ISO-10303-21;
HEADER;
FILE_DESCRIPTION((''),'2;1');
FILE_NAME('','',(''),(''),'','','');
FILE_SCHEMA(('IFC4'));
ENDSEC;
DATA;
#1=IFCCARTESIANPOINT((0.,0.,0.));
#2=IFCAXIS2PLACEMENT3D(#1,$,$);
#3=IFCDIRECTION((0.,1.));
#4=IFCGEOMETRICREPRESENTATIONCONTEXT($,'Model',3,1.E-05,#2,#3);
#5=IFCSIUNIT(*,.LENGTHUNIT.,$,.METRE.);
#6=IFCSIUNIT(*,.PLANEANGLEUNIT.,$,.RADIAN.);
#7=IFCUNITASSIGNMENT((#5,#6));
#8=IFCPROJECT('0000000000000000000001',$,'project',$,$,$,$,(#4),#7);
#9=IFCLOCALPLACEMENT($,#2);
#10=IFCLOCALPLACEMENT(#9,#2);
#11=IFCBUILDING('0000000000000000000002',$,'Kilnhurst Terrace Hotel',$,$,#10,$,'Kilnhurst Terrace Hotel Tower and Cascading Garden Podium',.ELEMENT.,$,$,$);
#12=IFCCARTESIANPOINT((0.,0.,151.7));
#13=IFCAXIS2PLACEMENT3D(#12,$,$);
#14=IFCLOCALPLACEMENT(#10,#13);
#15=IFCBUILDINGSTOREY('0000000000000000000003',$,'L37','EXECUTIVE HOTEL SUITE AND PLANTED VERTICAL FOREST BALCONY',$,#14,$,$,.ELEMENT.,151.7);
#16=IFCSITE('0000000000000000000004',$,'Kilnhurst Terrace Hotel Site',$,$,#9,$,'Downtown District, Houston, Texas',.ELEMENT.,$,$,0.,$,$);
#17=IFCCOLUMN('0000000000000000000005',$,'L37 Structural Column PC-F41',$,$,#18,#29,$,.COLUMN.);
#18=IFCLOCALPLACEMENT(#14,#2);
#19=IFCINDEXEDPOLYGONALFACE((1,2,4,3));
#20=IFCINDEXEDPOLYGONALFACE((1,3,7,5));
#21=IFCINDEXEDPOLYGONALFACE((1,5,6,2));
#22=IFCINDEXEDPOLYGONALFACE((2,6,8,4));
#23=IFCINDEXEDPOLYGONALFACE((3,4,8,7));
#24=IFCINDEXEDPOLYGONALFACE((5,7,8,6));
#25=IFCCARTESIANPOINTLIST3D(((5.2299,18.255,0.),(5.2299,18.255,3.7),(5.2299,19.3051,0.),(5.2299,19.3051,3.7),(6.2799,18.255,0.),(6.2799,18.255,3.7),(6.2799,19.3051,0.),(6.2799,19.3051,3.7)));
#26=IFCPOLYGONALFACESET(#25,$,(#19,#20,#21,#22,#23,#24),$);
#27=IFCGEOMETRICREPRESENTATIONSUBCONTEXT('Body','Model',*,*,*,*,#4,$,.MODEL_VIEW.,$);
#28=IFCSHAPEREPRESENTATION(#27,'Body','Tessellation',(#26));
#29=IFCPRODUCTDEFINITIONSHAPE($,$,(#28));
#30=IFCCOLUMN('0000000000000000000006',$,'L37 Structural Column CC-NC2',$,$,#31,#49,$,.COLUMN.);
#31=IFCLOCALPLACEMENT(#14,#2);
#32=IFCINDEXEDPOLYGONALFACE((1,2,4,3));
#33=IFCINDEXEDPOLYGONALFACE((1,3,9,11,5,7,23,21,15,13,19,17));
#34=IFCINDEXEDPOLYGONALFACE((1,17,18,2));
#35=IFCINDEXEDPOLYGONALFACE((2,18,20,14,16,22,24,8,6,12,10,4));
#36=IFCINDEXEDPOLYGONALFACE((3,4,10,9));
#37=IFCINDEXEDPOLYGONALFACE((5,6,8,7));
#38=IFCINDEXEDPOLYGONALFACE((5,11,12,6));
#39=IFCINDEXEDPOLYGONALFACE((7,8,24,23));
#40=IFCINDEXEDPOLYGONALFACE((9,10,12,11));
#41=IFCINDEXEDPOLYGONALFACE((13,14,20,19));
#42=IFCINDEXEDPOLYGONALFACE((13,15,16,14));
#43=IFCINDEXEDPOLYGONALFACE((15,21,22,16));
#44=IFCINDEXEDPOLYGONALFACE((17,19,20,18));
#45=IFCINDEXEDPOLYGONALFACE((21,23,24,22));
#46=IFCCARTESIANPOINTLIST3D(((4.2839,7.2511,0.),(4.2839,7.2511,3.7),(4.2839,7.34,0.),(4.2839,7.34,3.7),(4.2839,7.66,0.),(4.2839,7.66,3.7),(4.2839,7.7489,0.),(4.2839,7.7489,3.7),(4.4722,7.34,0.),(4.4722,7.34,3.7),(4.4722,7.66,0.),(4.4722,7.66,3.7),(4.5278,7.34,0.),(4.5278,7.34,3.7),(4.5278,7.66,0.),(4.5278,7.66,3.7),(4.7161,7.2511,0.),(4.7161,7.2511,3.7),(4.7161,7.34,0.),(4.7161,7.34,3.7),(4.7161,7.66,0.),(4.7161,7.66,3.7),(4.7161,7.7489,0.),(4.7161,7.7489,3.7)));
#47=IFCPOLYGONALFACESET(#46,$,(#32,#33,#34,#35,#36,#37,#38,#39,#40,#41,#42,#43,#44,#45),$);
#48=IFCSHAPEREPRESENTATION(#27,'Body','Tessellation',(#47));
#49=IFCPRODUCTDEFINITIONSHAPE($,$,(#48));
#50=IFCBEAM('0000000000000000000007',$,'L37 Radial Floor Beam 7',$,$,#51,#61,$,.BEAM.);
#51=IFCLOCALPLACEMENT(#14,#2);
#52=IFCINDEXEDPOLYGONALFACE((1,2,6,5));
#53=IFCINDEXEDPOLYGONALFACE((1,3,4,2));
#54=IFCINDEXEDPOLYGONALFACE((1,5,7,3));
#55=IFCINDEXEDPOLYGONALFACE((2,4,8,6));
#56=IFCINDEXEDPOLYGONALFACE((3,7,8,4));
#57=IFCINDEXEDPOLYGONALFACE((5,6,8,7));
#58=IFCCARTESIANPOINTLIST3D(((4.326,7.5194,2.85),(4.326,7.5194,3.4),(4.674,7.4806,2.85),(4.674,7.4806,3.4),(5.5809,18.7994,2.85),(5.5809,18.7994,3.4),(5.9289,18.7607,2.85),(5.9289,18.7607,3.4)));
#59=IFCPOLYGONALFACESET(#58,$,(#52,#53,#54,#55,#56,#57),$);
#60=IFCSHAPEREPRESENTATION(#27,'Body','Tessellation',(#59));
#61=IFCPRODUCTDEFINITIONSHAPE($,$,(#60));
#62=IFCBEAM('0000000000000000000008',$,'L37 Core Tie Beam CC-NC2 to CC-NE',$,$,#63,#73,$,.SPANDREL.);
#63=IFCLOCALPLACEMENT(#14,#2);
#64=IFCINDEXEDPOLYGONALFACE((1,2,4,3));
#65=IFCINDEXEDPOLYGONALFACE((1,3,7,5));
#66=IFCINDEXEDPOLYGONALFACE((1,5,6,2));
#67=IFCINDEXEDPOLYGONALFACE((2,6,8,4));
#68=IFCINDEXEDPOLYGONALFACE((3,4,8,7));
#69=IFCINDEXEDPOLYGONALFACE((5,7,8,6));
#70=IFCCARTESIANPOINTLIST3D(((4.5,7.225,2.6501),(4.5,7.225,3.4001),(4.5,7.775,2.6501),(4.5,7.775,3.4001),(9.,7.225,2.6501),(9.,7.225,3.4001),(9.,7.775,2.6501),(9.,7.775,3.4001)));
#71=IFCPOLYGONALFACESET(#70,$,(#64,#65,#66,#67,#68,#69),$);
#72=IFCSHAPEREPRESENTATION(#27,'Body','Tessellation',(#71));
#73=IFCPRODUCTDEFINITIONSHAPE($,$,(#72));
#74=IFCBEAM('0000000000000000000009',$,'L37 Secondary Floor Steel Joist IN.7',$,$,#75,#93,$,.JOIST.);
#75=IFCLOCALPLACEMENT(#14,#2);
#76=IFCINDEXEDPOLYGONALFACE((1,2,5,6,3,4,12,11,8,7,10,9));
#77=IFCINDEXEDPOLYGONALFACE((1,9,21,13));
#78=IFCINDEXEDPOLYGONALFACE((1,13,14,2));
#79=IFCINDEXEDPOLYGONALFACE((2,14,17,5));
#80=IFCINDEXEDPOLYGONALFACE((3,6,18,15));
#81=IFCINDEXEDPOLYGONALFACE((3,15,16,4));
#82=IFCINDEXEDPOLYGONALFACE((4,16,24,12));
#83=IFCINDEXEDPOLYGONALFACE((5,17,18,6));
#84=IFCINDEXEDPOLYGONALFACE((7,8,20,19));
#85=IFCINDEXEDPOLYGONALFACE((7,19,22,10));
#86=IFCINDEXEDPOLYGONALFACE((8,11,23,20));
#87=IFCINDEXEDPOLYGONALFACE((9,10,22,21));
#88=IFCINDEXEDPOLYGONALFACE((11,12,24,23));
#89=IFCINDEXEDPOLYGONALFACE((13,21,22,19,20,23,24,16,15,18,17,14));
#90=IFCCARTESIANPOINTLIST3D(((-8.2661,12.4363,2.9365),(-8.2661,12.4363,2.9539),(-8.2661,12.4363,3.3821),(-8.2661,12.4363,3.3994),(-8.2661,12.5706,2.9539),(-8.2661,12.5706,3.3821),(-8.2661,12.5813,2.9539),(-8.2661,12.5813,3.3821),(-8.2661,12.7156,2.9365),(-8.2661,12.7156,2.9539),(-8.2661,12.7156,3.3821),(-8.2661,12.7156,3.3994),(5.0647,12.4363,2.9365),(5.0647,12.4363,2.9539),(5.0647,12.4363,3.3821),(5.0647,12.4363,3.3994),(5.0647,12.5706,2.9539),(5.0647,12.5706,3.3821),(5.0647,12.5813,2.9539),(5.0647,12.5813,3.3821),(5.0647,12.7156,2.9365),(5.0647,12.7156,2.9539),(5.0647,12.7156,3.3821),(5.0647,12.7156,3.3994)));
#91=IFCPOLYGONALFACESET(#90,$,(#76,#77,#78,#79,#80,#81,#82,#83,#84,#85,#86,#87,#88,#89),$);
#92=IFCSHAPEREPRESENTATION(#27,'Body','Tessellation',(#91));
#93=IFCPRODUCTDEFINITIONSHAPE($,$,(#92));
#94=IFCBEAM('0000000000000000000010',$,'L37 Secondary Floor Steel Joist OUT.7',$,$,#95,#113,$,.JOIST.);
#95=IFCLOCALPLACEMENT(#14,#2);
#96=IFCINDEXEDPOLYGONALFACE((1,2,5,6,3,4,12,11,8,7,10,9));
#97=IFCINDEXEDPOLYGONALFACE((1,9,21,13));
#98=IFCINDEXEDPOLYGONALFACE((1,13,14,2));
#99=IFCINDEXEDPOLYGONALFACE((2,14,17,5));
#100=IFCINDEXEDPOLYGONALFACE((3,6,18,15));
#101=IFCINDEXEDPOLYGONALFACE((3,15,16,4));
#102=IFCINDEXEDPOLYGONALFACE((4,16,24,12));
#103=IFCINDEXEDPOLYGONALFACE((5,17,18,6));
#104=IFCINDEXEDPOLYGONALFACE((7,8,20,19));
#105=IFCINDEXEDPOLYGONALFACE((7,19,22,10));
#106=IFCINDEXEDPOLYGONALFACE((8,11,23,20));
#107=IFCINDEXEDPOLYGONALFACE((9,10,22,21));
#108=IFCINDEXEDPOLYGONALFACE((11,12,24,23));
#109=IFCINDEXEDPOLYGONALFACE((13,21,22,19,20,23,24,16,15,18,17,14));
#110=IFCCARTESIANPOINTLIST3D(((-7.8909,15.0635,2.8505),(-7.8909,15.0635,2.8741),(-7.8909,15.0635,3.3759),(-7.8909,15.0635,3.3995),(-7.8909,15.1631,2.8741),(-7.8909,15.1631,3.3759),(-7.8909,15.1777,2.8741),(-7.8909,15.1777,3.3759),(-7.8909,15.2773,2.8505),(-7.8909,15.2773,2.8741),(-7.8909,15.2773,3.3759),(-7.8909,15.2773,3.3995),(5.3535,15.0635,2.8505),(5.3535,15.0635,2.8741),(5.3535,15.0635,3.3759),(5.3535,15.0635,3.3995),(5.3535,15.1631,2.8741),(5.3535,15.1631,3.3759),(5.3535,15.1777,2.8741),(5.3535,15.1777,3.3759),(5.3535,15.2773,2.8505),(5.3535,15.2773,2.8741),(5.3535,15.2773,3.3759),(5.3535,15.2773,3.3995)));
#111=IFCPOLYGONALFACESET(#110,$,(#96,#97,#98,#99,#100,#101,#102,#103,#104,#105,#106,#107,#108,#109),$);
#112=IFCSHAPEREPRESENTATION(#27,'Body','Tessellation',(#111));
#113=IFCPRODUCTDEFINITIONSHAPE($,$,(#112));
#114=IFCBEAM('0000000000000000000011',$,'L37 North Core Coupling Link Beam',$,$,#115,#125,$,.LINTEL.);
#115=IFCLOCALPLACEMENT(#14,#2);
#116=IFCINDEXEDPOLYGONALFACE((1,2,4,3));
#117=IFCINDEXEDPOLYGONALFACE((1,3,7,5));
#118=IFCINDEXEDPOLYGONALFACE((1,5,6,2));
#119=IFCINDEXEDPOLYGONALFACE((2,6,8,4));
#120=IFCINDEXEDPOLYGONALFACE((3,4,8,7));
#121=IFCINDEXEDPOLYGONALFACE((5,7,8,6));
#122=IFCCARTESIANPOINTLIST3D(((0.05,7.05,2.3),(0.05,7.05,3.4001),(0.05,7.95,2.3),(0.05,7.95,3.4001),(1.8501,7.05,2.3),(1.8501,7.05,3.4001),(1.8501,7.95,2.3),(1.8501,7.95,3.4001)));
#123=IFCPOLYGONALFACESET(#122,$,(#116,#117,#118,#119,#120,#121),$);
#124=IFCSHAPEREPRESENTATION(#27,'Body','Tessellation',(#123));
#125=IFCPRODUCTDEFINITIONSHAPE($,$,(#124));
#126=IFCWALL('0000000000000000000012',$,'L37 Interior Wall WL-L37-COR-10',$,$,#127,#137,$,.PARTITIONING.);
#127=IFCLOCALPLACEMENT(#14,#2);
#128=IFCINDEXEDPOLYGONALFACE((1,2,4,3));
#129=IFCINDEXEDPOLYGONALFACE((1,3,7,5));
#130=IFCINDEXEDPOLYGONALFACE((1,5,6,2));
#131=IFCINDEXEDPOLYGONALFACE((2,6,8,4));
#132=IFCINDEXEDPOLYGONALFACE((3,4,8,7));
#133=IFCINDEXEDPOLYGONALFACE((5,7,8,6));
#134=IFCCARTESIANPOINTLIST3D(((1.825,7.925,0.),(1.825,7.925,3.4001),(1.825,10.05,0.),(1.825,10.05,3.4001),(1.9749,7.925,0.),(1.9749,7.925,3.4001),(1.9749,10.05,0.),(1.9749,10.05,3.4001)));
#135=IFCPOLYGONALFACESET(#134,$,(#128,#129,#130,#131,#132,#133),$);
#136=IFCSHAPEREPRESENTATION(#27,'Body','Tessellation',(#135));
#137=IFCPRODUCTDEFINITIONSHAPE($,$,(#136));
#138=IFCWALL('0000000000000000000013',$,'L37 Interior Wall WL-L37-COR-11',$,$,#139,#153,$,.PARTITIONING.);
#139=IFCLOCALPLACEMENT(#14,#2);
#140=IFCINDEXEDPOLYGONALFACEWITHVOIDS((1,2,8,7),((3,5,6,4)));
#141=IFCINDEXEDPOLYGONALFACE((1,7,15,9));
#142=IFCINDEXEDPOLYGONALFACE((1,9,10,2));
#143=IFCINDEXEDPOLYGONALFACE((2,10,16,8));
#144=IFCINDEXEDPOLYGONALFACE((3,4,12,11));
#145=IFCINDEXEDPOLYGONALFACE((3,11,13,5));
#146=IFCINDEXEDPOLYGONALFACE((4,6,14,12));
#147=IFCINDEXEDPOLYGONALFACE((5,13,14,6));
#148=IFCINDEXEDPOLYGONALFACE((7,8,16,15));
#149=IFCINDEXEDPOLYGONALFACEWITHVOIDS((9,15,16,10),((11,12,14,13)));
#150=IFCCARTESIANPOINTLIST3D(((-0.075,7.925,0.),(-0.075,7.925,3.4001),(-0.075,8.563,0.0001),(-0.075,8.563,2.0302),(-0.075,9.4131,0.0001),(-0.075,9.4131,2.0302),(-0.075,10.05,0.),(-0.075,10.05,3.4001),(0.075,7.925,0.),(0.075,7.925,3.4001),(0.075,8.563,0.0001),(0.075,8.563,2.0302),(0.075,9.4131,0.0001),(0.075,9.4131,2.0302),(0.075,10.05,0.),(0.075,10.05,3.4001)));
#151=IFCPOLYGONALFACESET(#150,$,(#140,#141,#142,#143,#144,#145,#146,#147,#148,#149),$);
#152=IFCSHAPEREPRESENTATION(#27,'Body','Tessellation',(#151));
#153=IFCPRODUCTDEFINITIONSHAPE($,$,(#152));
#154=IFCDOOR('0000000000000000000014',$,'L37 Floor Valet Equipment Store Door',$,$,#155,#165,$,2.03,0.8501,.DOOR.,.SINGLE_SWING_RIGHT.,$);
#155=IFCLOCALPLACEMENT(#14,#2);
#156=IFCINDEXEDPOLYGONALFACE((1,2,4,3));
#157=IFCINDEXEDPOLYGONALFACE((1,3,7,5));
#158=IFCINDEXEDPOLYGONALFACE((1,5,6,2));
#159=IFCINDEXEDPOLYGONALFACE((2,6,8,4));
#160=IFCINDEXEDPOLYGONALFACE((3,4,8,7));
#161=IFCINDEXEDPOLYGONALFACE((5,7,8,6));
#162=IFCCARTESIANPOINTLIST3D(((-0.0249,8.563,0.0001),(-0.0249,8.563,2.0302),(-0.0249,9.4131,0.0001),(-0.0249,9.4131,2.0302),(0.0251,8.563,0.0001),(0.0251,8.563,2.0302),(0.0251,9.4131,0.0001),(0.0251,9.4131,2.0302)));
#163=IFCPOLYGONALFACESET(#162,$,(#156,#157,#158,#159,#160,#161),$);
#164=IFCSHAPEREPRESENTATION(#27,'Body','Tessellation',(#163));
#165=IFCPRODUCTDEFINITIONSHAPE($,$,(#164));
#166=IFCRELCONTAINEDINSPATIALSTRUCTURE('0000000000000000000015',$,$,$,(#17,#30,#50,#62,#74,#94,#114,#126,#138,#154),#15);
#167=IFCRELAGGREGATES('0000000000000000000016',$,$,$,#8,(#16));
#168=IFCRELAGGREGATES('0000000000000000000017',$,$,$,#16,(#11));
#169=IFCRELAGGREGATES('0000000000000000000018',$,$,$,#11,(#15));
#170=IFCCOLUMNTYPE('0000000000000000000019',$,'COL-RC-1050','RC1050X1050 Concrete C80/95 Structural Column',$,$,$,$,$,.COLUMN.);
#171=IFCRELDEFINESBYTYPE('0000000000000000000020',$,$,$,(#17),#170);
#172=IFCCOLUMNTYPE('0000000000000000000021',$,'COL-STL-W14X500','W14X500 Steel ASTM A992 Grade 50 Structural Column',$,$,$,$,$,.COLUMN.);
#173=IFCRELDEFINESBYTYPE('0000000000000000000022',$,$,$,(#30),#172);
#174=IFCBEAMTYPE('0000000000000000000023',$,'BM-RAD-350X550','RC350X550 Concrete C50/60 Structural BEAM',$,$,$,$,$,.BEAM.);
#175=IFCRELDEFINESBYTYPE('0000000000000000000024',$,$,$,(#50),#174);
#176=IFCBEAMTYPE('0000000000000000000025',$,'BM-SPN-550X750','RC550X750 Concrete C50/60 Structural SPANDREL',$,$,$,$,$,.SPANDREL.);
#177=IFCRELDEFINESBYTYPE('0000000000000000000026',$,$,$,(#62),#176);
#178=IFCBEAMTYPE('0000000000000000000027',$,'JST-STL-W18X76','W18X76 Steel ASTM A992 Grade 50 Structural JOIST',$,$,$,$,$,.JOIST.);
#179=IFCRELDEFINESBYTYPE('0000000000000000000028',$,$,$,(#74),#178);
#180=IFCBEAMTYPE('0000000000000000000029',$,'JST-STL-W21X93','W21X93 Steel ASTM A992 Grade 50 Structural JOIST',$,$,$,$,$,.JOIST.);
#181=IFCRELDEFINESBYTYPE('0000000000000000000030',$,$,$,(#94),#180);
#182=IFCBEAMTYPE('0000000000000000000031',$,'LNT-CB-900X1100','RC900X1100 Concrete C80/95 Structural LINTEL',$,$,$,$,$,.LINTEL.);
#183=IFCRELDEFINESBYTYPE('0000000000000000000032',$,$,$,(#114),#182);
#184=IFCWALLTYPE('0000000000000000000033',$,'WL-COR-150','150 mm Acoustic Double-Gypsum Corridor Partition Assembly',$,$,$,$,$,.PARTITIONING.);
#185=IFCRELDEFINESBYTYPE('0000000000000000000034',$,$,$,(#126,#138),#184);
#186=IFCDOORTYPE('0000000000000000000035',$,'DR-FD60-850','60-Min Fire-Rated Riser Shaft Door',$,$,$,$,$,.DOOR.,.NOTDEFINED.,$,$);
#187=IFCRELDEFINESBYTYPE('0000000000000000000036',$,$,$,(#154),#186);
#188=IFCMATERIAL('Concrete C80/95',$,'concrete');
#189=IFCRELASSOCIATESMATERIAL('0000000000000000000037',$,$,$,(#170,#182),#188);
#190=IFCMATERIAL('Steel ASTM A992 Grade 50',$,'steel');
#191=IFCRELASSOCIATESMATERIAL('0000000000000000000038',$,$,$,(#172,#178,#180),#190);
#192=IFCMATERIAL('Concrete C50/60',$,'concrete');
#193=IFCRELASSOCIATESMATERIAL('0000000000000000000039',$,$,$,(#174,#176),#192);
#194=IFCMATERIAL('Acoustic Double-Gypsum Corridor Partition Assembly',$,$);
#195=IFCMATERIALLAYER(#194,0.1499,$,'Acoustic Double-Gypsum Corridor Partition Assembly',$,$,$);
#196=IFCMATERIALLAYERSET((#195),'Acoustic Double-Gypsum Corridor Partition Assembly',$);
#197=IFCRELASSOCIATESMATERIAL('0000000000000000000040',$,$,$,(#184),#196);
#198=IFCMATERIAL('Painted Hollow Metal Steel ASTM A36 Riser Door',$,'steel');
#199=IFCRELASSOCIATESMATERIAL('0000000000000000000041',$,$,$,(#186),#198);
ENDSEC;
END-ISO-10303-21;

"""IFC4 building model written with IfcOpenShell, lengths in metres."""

from ifc_helpers import new_model, si_unit, direction, frame, frame_2d, origin, origin_2d, place, context, subcontext, project, spatial, rectangle, i_section, extrude, material, layer, layer_set, material_profile, profile_set, type_object, element, fill, save


model = new_model("IFC4")

# Units and contexts
model_context = context("Model", 3, precision=1e-05, world=origin(), true_north=direction((0.0, 1.0)))
body_context = subcontext(model_context, "Body", "Model", "MODEL_VIEW")
ifc_project = project(units=[si_unit("LENGTHUNIT", "METRE"), si_unit("PLANEANGLEUNIT", "RADIAN")], contexts=[model_context])

# Site, building, storey
site_placement = place(None, origin())
site = spatial("IfcSite", under=ifc_project, at=site_placement, Name="Kilnhurst Terrace Hotel Site", LongName="Downtown District, Houston, Texas", CompositionType="ELEMENT", RefElevation=0.0)
building_placement = place(site_placement, origin())
building = spatial("IfcBuilding", under=site, at=building_placement, Name="Kilnhurst Terrace Hotel", LongName="Kilnhurst Terrace Hotel Tower and Cascading Garden Podium", CompositionType="ELEMENT")
storey_placement = place(building_placement, frame((0.0, 0.0, 151.7)))
storey = spatial("IfcBuildingStorey", under=building, at=storey_placement, Name="L37", Description="EXECUTIVE HOTEL SUITE AND PLANTED VERTICAL FOREST BALCONY", CompositionType="ELEMENT", Elevation=151.7)

# Columns
ifc_material_1 = material(Name="Concrete C80/95", Category="concrete")
ifc_material_profile_1 = material_profile(ifc_material_1, rectangle(XDim=1.05, YDim=1.05, at=origin_2d()), Name="RC1050X1050")
ifc_profile_set_1 = profile_set([ifc_material_profile_1], Name="Concrete C80/95")
column_type_1 = type_object("IfcColumnType", Name="COL-RC-1050", Description="RC1050X1050 Concrete C80/95 Structural Column", PredefinedType="COLUMN", material=ifc_profile_set_1)
column_1_placement = place(storey_placement, frame((5.7549, 18.78, 0.0), z_axis=(0.0, 0.0, 1.0), x_axis=(1.0, 0.0, 0.0)))
element("IfcColumn", 1, at=column_1_placement, inside=storey, type_object=column_type_1, Name="L37 Structural Column PC-F41", PredefinedType="COLUMN", context=body_context, shape_type="SweptSolid", body=[
    extrude(rectangle(XDim=1.05, YDim=1.05, at=origin_2d()), origin(), (0.0, 0.0, 1.0), 3.7),
])
ifc_material_2 = material(Name="Steel ASTM A992 Grade 50", Category="steel")
ifc_material_profile_2 = material_profile(ifc_material_2, i_section(OverallWidth=0.4321, OverallDepth=0.4978, WebThickness=0.0557, FlangeThickness=0.0889, at=origin_2d()), Name="W14X500")
ifc_profile_set_2 = profile_set([ifc_material_profile_2], Name="Steel ASTM A992 Grade 50")
column_type_2 = type_object("IfcColumnType", Name="COL-STL-W14X500", Description="W14X500 Steel ASTM A992 Grade 50 Structural Column", PredefinedType="COLUMN", material=ifc_profile_set_2)
column_2_placement = place(storey_placement, frame((4.5, 7.5, 0.0), z_axis=(0.0, 0.0, 1.0), x_axis=(1.0, 0.0, 0.0)))
element("IfcColumn", 2, at=column_2_placement, inside=storey, type_object=column_type_2, Name="L37 Structural Column CC-NC2", PredefinedType="COLUMN", context=body_context, shape_type="SweptSolid", body=[
    extrude(i_section(OverallWidth=0.4321, OverallDepth=0.4978, WebThickness=0.0557, FlangeThickness=0.0889, at=origin_2d()), origin(), (0.0, 0.0, 1.0), 3.7),
])

# Beams
ifc_material_3 = material(Name="Concrete C50/60", Category="concrete")
ifc_material_profile_3 = material_profile(ifc_material_3, rectangle(XDim=0.3501, YDim=0.55, at=origin_2d()), Name="RC350X550")
ifc_profile_set_3 = profile_set([ifc_material_profile_3], Name="Concrete C50/60")
beam_type_1 = type_object("IfcBeamType", Name="BM-RAD-350X550", Description="RC350X550 Concrete C50/60 Structural BEAM", PredefinedType="BEAM", material=ifc_profile_set_3)
beam_1_placement = place(storey_placement, frame((4.5, 7.5, 3.125), z_axis=(0.110566, 0.993869, 0.0), x_axis=(-0.993869, 0.110566, 0.0)))
element("IfcBeam", 3, at=beam_1_placement, inside=storey, type_object=beam_type_1, Name="L37 Radial Floor Beam 7", PredefinedType="BEAM", context=body_context, shape_type="SweptSolid", body=[
    extrude(rectangle(XDim=0.3501, YDim=0.55, at=origin_2d()), origin(), (0.0, 0.0, 1.0), 11.3496),
])
ifc_material_profile_4 = material_profile(ifc_material_3, rectangle(XDim=0.55, YDim=0.75, at=origin_2d()), Name="RC550X750")
ifc_profile_set_4 = profile_set([ifc_material_profile_4], Name="Concrete C50/60")
beam_type_2 = type_object("IfcBeamType", Name="BM-SPN-550X750", Description="RC550X750 Concrete C50/60 Structural SPANDREL", PredefinedType="SPANDREL", material=ifc_profile_set_4)
beam_2_placement = place(storey_placement, frame((4.5, 7.5, 3.0251), z_axis=(1.0, 0.0, 0.0), x_axis=(0.0, 1.0, 0.0)))
element("IfcBeam", 4, at=beam_2_placement, inside=storey, type_object=beam_type_2, Name="L37 Core Tie Beam CC-NC2 to CC-NE", PredefinedType="SPANDREL", context=body_context, shape_type="SweptSolid", body=[
    extrude(rectangle(XDim=0.55, YDim=0.75, at=origin_2d()), origin(), (0.0, 0.0, 1.0), 4.5),
])
ifc_material_profile_5 = material_profile(ifc_material_2, i_section(OverallWidth=0.2793, OverallDepth=0.4629, WebThickness=0.0107, FlangeThickness=0.0173, at=origin_2d()), Name="W18X76")
ifc_profile_set_5 = profile_set([ifc_material_profile_5], Name="Steel ASTM A992 Grade 50")
beam_type_3 = type_object("IfcBeamType", Name="JST-STL-W18X76", Description="W18X76 Steel ASTM A992 Grade 50 Structural JOIST", PredefinedType="JOIST", material=ifc_profile_set_5)
beam_3_placement = place(storey_placement, frame((5.0647, 12.5759, 3.168), z_axis=(-1.0, 0.0, 0.0), x_axis=(0.0, -1.0, 0.0)))
element("IfcBeam", 5, at=beam_3_placement, inside=storey, type_object=beam_type_3, Name="L37 Secondary Floor Steel Joist IN.7", PredefinedType="JOIST", context=body_context, shape_type="SweptSolid", body=[
    extrude(i_section(OverallWidth=0.2793, OverallDepth=0.4629, WebThickness=0.0107, FlangeThickness=0.0173, at=origin_2d()), origin(), (0.0, 0.0, 1.0), 13.3308),
])
ifc_material_profile_6 = material_profile(ifc_material_2, i_section(OverallWidth=0.2139, OverallDepth=0.5491, WebThickness=0.0146, FlangeThickness=0.0237, at=origin_2d()), Name="W21X93")
ifc_profile_set_6 = profile_set([ifc_material_profile_6], Name="Steel ASTM A992 Grade 50")
beam_type_4 = type_object("IfcBeamType", Name="JST-STL-W21X93", Description="W21X93 Steel ASTM A992 Grade 50 Structural JOIST", PredefinedType="JOIST", material=ifc_profile_set_6)
beam_4_placement = place(storey_placement, frame((5.3535, 15.1704, 3.125), z_axis=(-1.0, 0.0, 0.0), x_axis=(0.0, -1.0, 0.0)))
element("IfcBeam", 6, at=beam_4_placement, inside=storey, type_object=beam_type_4, Name="L37 Secondary Floor Steel Joist OUT.7", PredefinedType="JOIST", context=body_context, shape_type="SweptSolid", body=[
    extrude(i_section(OverallWidth=0.2139, OverallDepth=0.5491, WebThickness=0.0146, FlangeThickness=0.0237, at=origin_2d()), origin(), (0.0, 0.0, 1.0), 13.2444),
])
ifc_material_profile_7 = material_profile(ifc_material_1, rectangle(XDim=0.8999, YDim=1.1001, at=origin_2d()), Name="RC900X1100")
ifc_profile_set_7 = profile_set([ifc_material_profile_7], Name="Concrete C80/95")
beam_type_5 = type_object("IfcBeamType", Name="LNT-CB-900X1100", Description="RC900X1100 Concrete C80/95 Structural LINTEL", PredefinedType="LINTEL", material=ifc_profile_set_7)
beam_5_placement = place(storey_placement, frame((0.05, 7.5, 2.8501), z_axis=(1.0, 0.0, 0.0), x_axis=(0.0, 1.0, 0.0)))
element("IfcBeam", 7, at=beam_5_placement, inside=storey, type_object=beam_type_5, Name="L37 North Core Coupling Link Beam", PredefinedType="LINTEL", context=body_context, shape_type="SweptSolid", body=[
    extrude(rectangle(XDim=0.8999, YDim=1.1001, at=origin_2d()), origin(), (0.0, 0.0, 1.0), 1.8),
])

# Wall
ifc_material_4 = material(Name="Acoustic Double-Gypsum Corridor Partition Assembly")
ifc_layer_1 = layer(ifc_material_4, 0.1499, Name="Acoustic Double-Gypsum Corridor Partition Assembly")
ifc_layer_set_1 = layer_set([ifc_layer_1], Name="Acoustic Double-Gypsum Corridor Partition Assembly")
wall_type_1 = type_object("IfcWallType", Name="WL-COR-150", Description="150 mm Acoustic Double-Gypsum Corridor Partition Assembly", PredefinedType="PARTITIONING", material=ifc_layer_set_1)
wall_1_placement = place(storey_placement, frame((1.8999, 10.05, 0.0), z_axis=(0.0, 0.0, 1.0), x_axis=(0.0, -1.0, 0.0)))
element("IfcWall", 8, at=wall_1_placement, inside=storey, type_object=wall_type_1, Name="L37 Interior Wall WL-L37-COR-10", PredefinedType="PARTITIONING", context=body_context, shape_type="SweptSolid", body=[
    extrude(rectangle(XDim=2.125, YDim=0.1499, at=frame_2d((1.0625, 0.0))), origin(), (0.0, 0.0, 1.0), 3.4001),
])

# Wall, opening, door
wall_2_placement = place(storey_placement, frame((0.0, 7.925, 0.0), z_axis=(0.0, 0.0, 1.0), x_axis=(0.0, 1.0, 0.0)))
wall_2 = element("IfcWall", 9, at=wall_2_placement, inside=storey, type_object=wall_type_1, Name="L37 Interior Wall WL-L37-COR-11", PredefinedType="PARTITIONING", context=body_context, shape_type="SweptSolid", body=[
    extrude(rectangle(XDim=2.125, YDim=0.1499, at=frame_2d((1.0625, 0.0))), origin(), (0.0, 0.0, 1.0), 3.4001),
])
opening_1_placement = place(wall_2_placement, frame((0.6379, 0.0, 0.0)))
opening_1 = element("IfcOpeningElement", 10, at=opening_1_placement, cuts=wall_2, PredefinedType="OPENING", context=body_context, shape_type="SweptSolid", body=[
    extrude(rectangle(XDim=0.8501, YDim=2.03, at=frame_2d((0.425, 1.0151))), frame((0.0, 0.085, 0.0), z_axis=(0.0, -1.0, 0.0), x_axis=(1.0, 0.0, 0.0)), (0.0, 0.0, 1.0), 0.1699),
])
ifc_material_5 = material(Name="Painted Hollow Metal Steel ASTM A36 Riser Door", Category="steel")
door_type_1 = type_object("IfcDoorType", Name="DR-FD60-850", Description="60-Min Fire-Rated Riser Shaft Door", OperationType="NOTDEFINED", PredefinedType="DOOR", material=ifc_material_5)
door_1_placement = place(opening_1_placement, origin())
door_1 = element("IfcDoor", 11, at=door_1_placement, inside=storey, type_object=door_type_1, Name="L37 Floor Valet Equipment Store Door", OperationType="SINGLE_SWING_RIGHT", OverallHeight=2.03, OverallWidth=0.8501, PredefinedType="DOOR", context=body_context, shape_type="SweptSolid", body=[
    extrude(rectangle(XDim=0.8501, YDim=2.03, at=frame_2d((0.425, 1.0151))), frame((0.0, 0.0249, 0.0), z_axis=(0.0, -1.0, 0.0), x_axis=(1.0, 0.0, 0.0)), (0.0, 0.0, 1.0), 0.05),
])
fill(opening_1, door_1)

save(model, "model.ifc")
